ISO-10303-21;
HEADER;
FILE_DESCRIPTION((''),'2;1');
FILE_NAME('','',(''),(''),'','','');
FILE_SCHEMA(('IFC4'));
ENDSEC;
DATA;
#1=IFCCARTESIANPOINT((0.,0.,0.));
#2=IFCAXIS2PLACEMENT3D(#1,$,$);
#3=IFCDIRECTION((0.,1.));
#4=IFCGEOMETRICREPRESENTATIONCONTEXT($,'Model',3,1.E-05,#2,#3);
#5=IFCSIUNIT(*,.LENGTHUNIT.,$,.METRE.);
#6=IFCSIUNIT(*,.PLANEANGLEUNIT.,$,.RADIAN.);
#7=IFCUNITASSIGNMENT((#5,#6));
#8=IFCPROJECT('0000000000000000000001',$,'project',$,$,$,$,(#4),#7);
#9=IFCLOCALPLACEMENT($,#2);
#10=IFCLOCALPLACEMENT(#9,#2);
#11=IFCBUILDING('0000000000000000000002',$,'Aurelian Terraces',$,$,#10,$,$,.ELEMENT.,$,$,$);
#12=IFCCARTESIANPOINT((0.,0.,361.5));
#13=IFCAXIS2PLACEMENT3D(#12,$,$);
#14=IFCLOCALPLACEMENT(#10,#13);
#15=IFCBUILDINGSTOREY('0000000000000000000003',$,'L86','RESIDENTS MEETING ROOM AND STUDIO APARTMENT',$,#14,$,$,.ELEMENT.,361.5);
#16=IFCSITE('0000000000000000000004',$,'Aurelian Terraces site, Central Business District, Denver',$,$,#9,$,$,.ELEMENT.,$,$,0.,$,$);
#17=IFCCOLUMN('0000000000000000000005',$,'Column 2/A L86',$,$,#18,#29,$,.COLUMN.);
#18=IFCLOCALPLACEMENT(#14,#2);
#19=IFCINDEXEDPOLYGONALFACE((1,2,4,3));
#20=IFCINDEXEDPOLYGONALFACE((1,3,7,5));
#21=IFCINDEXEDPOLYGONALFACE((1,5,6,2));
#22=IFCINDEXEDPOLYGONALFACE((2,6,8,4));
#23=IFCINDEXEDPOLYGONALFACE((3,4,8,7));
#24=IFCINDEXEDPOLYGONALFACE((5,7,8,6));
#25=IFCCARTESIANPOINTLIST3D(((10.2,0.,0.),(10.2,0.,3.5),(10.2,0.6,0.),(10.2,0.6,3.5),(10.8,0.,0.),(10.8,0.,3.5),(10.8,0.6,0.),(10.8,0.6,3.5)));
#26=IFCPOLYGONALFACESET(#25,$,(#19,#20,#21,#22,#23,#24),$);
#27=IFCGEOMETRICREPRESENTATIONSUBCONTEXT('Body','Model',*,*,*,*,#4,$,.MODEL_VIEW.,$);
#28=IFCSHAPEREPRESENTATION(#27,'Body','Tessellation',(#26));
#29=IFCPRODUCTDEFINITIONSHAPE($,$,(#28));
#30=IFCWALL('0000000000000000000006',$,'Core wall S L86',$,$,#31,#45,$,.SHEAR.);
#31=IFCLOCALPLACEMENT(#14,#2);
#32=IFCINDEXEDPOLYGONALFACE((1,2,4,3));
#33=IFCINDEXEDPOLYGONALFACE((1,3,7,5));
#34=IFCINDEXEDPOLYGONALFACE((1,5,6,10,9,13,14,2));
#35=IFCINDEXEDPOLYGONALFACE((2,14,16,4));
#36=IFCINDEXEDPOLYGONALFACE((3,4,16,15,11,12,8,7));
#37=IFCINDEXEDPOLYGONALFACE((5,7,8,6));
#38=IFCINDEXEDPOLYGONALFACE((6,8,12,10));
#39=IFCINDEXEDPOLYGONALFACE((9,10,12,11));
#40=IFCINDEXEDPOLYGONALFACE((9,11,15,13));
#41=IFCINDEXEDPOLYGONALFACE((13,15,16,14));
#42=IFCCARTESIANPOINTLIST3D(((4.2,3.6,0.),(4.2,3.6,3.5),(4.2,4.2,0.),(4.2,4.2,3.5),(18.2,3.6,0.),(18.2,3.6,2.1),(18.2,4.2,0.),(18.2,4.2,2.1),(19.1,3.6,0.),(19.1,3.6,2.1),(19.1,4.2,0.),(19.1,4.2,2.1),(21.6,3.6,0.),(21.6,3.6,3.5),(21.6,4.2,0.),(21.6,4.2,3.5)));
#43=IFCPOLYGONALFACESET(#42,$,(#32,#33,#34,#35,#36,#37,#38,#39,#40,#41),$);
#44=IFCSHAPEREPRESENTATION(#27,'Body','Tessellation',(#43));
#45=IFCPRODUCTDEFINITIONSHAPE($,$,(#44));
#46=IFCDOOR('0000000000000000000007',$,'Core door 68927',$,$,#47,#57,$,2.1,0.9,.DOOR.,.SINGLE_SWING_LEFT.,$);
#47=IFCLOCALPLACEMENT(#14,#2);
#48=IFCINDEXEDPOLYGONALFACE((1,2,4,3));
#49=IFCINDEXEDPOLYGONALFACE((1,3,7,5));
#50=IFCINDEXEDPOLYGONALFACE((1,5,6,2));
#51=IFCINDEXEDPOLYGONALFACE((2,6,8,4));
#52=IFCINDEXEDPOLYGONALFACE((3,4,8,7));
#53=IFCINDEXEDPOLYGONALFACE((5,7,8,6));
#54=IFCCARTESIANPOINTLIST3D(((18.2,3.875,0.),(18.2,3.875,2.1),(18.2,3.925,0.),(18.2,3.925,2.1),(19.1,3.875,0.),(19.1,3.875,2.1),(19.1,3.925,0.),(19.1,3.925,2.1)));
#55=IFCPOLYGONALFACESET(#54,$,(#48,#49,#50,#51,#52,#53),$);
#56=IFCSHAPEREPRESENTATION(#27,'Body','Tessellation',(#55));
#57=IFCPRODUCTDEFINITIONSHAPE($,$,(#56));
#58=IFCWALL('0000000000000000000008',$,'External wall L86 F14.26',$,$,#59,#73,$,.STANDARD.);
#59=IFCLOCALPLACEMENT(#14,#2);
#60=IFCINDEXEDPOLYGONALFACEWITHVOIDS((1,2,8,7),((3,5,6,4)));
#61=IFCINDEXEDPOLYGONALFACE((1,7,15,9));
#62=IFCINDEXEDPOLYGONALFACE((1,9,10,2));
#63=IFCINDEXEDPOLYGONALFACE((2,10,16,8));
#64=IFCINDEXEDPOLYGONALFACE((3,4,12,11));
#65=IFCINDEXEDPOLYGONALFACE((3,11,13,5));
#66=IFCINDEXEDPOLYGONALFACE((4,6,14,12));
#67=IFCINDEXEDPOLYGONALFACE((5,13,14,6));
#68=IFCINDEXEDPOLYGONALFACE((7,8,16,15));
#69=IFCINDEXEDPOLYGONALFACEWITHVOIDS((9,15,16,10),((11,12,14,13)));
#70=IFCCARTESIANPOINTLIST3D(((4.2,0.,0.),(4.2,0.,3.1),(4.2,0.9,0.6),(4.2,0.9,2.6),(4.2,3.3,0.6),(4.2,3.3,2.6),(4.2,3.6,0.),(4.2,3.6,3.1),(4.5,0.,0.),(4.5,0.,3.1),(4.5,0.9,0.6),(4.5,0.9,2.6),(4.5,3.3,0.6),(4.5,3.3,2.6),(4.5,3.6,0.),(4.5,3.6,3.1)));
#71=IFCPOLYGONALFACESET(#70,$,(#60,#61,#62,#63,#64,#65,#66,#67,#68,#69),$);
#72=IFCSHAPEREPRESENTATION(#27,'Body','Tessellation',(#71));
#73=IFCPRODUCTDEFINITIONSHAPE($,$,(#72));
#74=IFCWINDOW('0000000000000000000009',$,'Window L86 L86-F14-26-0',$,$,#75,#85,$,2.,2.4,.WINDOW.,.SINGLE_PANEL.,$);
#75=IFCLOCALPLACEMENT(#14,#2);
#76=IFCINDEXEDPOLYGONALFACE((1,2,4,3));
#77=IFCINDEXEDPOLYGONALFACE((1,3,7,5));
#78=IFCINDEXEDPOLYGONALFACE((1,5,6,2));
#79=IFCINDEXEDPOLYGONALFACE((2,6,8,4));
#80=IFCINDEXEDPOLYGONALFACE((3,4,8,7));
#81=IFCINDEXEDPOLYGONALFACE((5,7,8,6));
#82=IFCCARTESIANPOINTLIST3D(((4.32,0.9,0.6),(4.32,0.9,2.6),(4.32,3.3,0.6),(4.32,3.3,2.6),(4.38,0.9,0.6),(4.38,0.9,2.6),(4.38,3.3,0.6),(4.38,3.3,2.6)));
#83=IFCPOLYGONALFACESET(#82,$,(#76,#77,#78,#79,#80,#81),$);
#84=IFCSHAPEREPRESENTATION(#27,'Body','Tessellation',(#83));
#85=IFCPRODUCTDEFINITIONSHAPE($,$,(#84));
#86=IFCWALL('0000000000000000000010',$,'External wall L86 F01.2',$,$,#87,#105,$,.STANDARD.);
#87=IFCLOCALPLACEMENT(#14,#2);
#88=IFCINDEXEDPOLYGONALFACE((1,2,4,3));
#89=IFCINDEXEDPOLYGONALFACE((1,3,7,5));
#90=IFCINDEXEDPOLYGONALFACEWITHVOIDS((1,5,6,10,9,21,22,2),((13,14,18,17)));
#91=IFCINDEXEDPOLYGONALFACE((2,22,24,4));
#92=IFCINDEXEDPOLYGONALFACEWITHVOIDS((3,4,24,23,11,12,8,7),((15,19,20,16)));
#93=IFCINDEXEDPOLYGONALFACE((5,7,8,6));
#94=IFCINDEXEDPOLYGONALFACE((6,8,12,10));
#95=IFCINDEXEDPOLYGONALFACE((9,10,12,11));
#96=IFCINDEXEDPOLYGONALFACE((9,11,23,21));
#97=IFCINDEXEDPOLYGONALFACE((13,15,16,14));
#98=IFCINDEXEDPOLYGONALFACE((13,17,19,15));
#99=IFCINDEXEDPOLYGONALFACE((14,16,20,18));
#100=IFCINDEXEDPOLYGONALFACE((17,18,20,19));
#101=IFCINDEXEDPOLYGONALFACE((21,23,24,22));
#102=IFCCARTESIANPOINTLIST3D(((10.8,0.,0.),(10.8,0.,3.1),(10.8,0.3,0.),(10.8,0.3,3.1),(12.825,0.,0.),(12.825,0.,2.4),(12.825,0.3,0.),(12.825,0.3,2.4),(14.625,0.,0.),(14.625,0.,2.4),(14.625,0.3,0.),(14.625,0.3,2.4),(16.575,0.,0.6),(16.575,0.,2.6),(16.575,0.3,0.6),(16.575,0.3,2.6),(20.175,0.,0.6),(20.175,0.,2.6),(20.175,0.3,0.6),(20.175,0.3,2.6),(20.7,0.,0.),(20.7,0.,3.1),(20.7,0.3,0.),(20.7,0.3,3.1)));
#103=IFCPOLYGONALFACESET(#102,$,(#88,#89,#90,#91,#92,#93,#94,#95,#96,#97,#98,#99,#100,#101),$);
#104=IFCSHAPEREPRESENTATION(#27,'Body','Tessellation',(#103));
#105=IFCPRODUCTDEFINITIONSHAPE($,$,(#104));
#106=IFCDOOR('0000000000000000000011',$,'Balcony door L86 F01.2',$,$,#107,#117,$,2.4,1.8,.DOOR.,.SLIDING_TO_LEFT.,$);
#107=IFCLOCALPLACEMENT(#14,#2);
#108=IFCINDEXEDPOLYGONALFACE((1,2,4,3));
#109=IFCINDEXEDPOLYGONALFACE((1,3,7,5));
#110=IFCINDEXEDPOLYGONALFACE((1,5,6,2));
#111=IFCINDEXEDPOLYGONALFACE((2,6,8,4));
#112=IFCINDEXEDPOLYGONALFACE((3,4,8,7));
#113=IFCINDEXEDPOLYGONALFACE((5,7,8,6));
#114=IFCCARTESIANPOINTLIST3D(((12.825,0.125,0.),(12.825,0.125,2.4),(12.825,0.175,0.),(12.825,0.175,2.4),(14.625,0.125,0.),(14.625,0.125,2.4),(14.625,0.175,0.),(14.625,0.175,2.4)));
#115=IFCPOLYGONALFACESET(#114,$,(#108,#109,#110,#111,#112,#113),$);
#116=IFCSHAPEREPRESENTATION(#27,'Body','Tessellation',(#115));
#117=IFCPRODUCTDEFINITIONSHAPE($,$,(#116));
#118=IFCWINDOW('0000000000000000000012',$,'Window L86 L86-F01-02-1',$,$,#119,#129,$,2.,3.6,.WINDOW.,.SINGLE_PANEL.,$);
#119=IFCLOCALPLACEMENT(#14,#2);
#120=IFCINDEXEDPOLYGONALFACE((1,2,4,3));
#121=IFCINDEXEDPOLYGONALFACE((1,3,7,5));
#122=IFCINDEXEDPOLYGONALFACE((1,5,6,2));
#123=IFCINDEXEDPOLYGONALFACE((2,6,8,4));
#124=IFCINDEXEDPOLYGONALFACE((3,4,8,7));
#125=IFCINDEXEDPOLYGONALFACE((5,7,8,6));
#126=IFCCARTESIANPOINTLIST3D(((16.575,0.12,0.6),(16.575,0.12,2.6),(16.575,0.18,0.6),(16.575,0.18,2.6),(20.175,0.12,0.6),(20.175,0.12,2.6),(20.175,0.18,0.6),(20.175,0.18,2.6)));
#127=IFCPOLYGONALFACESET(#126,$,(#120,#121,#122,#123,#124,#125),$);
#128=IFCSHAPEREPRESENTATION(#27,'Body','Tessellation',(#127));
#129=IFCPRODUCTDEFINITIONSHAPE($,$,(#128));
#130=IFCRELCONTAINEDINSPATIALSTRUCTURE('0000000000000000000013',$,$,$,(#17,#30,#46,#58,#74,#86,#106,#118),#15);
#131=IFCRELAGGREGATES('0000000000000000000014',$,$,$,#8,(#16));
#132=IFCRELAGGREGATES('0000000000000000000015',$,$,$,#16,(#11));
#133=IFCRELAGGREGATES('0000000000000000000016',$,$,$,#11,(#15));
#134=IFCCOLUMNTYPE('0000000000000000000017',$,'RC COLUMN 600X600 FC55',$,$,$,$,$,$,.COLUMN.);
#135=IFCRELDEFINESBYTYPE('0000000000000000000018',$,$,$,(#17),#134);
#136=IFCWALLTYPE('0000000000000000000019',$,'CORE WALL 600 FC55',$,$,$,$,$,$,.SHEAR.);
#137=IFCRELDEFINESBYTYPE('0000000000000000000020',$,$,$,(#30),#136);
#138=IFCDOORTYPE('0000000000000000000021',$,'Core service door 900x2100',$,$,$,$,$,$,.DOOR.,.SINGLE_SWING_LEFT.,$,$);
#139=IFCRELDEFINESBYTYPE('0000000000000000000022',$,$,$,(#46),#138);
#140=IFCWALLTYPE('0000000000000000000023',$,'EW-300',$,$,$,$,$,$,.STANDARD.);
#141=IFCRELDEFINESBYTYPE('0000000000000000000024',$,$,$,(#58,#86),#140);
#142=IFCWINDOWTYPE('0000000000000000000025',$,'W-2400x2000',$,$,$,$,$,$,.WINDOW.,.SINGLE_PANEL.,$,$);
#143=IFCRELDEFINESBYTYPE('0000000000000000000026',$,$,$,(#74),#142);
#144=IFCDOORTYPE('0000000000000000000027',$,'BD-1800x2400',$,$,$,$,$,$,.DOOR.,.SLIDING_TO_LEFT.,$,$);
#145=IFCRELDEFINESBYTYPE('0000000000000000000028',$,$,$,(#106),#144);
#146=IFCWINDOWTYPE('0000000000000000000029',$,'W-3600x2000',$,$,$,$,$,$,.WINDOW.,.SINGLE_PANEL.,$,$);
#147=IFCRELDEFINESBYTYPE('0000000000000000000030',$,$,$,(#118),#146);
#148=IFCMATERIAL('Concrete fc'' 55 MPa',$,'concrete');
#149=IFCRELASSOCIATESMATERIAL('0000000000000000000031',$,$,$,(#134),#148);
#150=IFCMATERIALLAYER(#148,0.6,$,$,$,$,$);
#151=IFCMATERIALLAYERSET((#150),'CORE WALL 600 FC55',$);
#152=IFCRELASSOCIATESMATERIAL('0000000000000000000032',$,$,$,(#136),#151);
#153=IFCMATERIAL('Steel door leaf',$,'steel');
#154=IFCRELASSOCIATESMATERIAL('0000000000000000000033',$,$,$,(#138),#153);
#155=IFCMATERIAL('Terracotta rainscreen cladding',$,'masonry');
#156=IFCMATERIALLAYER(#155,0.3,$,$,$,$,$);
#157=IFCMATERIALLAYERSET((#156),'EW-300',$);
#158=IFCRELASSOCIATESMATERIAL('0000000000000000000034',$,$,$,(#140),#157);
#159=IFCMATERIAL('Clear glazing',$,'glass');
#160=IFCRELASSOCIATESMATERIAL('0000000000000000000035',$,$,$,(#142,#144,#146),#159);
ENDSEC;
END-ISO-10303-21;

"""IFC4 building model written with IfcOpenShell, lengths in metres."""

from ifc_helpers import new_model, si_unit, direction, frame, frame_2d, origin, origin_2d, place, context, subcontext, project, spatial, rectangle, extrude, source, transform, mapped, material, layer, layer_set, material_profile, profile_set, type_object, element, fill, save


model = new_model("IFC4")

# Units and contexts
model_context = context("Model", 3, precision=1e-05, world=origin(), true_north=direction((0.0, 1.0)))
body_context = subcontext(model_context, "Body", "Model", "MODEL_VIEW")
ifc_project = project(units=[si_unit("LENGTHUNIT", "METRE"), si_unit("PLANEANGLEUNIT", "RADIAN")], contexts=[model_context])

# Site, building, storey
site_placement = place(None, origin())
site = spatial("IfcSite", under=ifc_project, at=site_placement, Name="Aurelian Terraces site, Central Business District, Denver", CompositionType="ELEMENT", RefElevation=0.0)
building_placement = place(site_placement, origin())
building = spatial("IfcBuilding", under=site, at=building_placement, Name="Aurelian Terraces", CompositionType="ELEMENT")
storey_placement = place(building_placement, frame((0.0, 0.0, 361.5)))
storey = spatial("IfcBuildingStorey", under=building, at=storey_placement, Name="L86", Description="RESIDENTS MEETING ROOM AND STUDIO APARTMENT", CompositionType="ELEMENT", Elevation=361.5)

# Column
ifc_material_1 = material(Name="Concrete fc' 55 MPa", Category="concrete")
ifc_material_profile = material_profile(ifc_material_1, rectangle(XDim=0.6, YDim=0.6, at=origin_2d()))
ifc_profile_set = profile_set([ifc_material_profile], Name="Concrete fc' 55 MPa")
column_type = type_object("IfcColumnType", Name="RC COLUMN 600X600 FC55", PredefinedType="COLUMN", material=ifc_profile_set)
shared_shape_1 = source(origin(), body_context, "Body", "SweptSolid", [
    extrude(rectangle(XDim=0.6, YDim=0.6, at=origin_2d()), origin(), (0.0, 0.0, 1.0), 3.5),
])
column_placement = place(storey_placement, frame((10.5, 0.3, 0.0), z_axis=(0.0, 0.0, 1.0), x_axis=(1.0, 0.0, 0.0)))
element("IfcColumn", 1, at=column_placement, inside=storey, type_object=column_type, Name="Column 2/A L86", PredefinedType="COLUMN", context=body_context, shape_type="MappedRepresentation", body=[
    mapped(shared_shape_1, transform((0.0, 0.0, 0.0), scale=1.0)),
])

# Wall, opening, door
ifc_layer_1 = layer(ifc_material_1, 0.6)
ifc_layer_set_1 = layer_set([ifc_layer_1], Name="CORE WALL 600 FC55")
wall_type_1 = type_object("IfcWallType", Name="CORE WALL 600 FC55", PredefinedType="SHEAR", material=ifc_layer_set_1)
shared_shape_2 = source(origin(), body_context, "Body", "SweptSolid", [
    extrude(rectangle(XDim=17.4, YDim=0.6, at=frame_2d((8.7, 0.0))), origin(), (0.0, 0.0, 1.0), 3.5),
])
wall_1_placement = place(storey_placement, frame((4.2, 3.9, 0.0), z_axis=(0.0, 0.0, 1.0), x_axis=(1.0, 0.0, 0.0)))
wall_1 = element("IfcWall", 2, at=wall_1_placement, inside=storey, type_object=wall_type_1, Name="Core wall S L86", PredefinedType="SHEAR", context=body_context, shape_type="MappedRepresentation", body=[
    mapped(shared_shape_2, transform((0.0, 0.0, 0.0), scale=1.0)),
])
shared_shape_3 = source(origin(), body_context, "Body", "SweptSolid", [
    extrude(rectangle(XDim=0.9, YDim=2.1, at=frame_2d((0.45, 1.05))), frame((0.0, 0.31, 0.0), z_axis=(0.0, -1.0, 0.0), x_axis=(1.0, 0.0, 0.0)), (0.0, 0.0, 1.0), 0.62),
])
opening_1_placement = place(wall_1_placement, frame((14.0, 0.0, 0.0)))
opening_1 = element("IfcOpeningElement", 3, at=opening_1_placement, cuts=wall_1, PredefinedType="OPENING", context=body_context, shape_type="MappedRepresentation", body=[
    mapped(shared_shape_3, transform((0.0, 0.0, 0.0), scale=1.0)),
])
ifc_material_2 = material(Name="Steel door leaf", Category="steel")
door_type_1 = type_object("IfcDoorType", Name="Core service door 900x2100", OperationType="SINGLE_SWING_LEFT", PredefinedType="DOOR", material=ifc_material_2)
shared_shape_4 = source(origin(), body_context, "Body", "SweptSolid", [
    extrude(rectangle(XDim=0.9, YDim=2.1, at=frame_2d((0.45, 1.05))), frame((0.0, 0.025, 0.0), z_axis=(0.0, -1.0, 0.0), x_axis=(1.0, 0.0, 0.0)), (0.0, 0.0, 1.0), 0.05),
])
door_1_placement = place(opening_1_placement, origin())
door_1 = element("IfcDoor", 4, at=door_1_placement, inside=storey, type_object=door_type_1, Name="Core door 68927", OperationType="SINGLE_SWING_LEFT", OverallHeight=2.1, OverallWidth=0.9, PredefinedType="DOOR", context=body_context, shape_type="MappedRepresentation", body=[
    mapped(shared_shape_4, transform((0.0, 0.0, 0.0), scale=1.0)),
])
fill(opening_1, door_1)

# Wall, opening, window
ifc_material_3 = material(Name="Terracotta rainscreen cladding", Category="masonry")
ifc_layer_2 = layer(ifc_material_3, 0.3)
ifc_layer_set_2 = layer_set([ifc_layer_2], Name="EW-300")
wall_type_2 = type_object("IfcWallType", Name="EW-300", PredefinedType="STANDARD", material=ifc_layer_set_2)
shared_shape_5 = source(origin(), body_context, "Body", "SweptSolid", [
    extrude(rectangle(XDim=3.6, YDim=0.3, at=frame_2d((1.8, 0.0))), origin(), (0.0, 0.0, 1.0), 3.1),
])
wall_2_placement = place(storey_placement, frame((4.35, 3.6, 0.0), z_axis=(0.0, 0.0, 1.0), x_axis=(0.0, -1.0, 0.0)))
wall_2 = element("IfcWall", 5, at=wall_2_placement, inside=storey, type_object=wall_type_2, Name="External wall L86 F14.26", PredefinedType="STANDARD", context=body_context, shape_type="MappedRepresentation", body=[
    mapped(shared_shape_5, transform((0.0, 0.0, 0.0), scale=1.0)),
])
shared_shape_6 = source(origin(), body_context, "Body", "SweptSolid", [
    extrude(rectangle(XDim=2.4, YDim=2.0, at=frame_2d((1.2, 1.0))), frame((0.0, 0.16, 0.0), z_axis=(0.0, -1.0, 0.0), x_axis=(1.0, 0.0, 0.0)), (0.0, 0.0, 1.0), 0.32),
])
opening_2_placement = place(wall_2_placement, frame((0.3, 0.0, 0.6)))
opening_2 = element("IfcOpeningElement", 6, at=opening_2_placement, cuts=wall_2, PredefinedType="OPENING", context=body_context, shape_type="MappedRepresentation", body=[
    mapped(shared_shape_6, transform((0.0, 0.0, 0.0), scale=1.0)),
])
ifc_material_4 = material(Name="Clear glazing", Category="glass")
window_type_1 = type_object("IfcWindowType", Name="W-2400x2000", PartitioningType="SINGLE_PANEL", PredefinedType="WINDOW", material=ifc_material_4)
shared_shape_7 = source(origin(), body_context, "Body", "SweptSolid", [
    extrude(rectangle(XDim=2.4, YDim=2.0, at=frame_2d((1.2, 1.0))), frame((0.0, 0.03, 0.0), z_axis=(0.0, -1.0, 0.0), x_axis=(1.0, 0.0, 0.0)), (0.0, 0.0, 1.0), 0.06),
])
window_1_placement = place(opening_2_placement, origin())
window_1 = element("IfcWindow", 7, at=window_1_placement, inside=storey, type_object=window_type_1, Name="Window L86 L86-F14-26-0", OverallHeight=2.0, OverallWidth=2.4, PartitioningType="SINGLE_PANEL", PredefinedType="WINDOW", context=body_context, shape_type="MappedRepresentation", body=[
    mapped(shared_shape_7, transform((0.0, 0.0, 0.0), scale=1.0)),
])
fill(opening_2, window_1)

# Wall, openings, door, window
shared_shape_8 = source(origin(), body_context, "Body", "SweptSolid", [
    extrude(rectangle(XDim=9.9, YDim=0.3, at=frame_2d((4.95, 0.0))), origin(), (0.0, 0.0, 1.0), 3.1),
])
wall_3_placement = place(storey_placement, frame((10.8, 0.15, 0.0), z_axis=(0.0, 0.0, 1.0), x_axis=(1.0, 0.0, 0.0)))
wall_3 = element("IfcWall", 8, at=wall_3_placement, inside=storey, type_object=wall_type_2, Name="External wall L86 F01.2", PredefinedType="STANDARD", context=body_context, shape_type="MappedRepresentation", body=[
    mapped(shared_shape_8, transform((0.0, 0.0, 0.0), scale=1.0)),
])
shared_shape_9 = source(origin(), body_context, "Body", "SweptSolid", [
    extrude(rectangle(XDim=1.8, YDim=2.4, at=frame_2d((0.9, 1.2))), frame((0.0, 0.16, 0.0), z_axis=(0.0, -1.0, 0.0), x_axis=(1.0, 0.0, 0.0)), (0.0, 0.0, 1.0), 0.32),
])
opening_3_placement = place(wall_3_placement, frame((2.025, 0.0, 0.0)))
opening_3 = element("IfcOpeningElement", 9, at=opening_3_placement, cuts=wall_3, PredefinedType="OPENING", context=body_context, shape_type="MappedRepresentation", body=[
    mapped(shared_shape_9, transform((0.0, 0.0, 0.0), scale=1.0)),
])
shared_shape_10 = source(origin(), body_context, "Body", "SweptSolid", [
    extrude(rectangle(XDim=3.6, YDim=2.0, at=frame_2d((1.8, 1.0))), frame((0.0, 0.16, 0.0), z_axis=(0.0, -1.0, 0.0), x_axis=(1.0, 0.0, 0.0)), (0.0, 0.0, 1.0), 0.32),
])
opening_4_placement = place(wall_3_placement, frame((5.775, 0.0, 0.6)))
opening_4 = element("IfcOpeningElement", 10, at=opening_4_placement, cuts=wall_3, PredefinedType="OPENING", context=body_context, shape_type="MappedRepresentation", body=[
    mapped(shared_shape_10, transform((0.0, 0.0, 0.0), scale=1.0)),
])
door_type_2 = type_object("IfcDoorType", Name="BD-1800x2400", OperationType="SLIDING_TO_LEFT", PredefinedType="DOOR", material=ifc_material_4)
shared_shape_11 = source(origin(), body_context, "Body", "SweptSolid", [
    extrude(rectangle(XDim=1.8, YDim=2.4, at=frame_2d((0.9, 1.2))), frame((0.0, 0.025, 0.0), z_axis=(0.0, -1.0, 0.0), x_axis=(1.0, 0.0, 0.0)), (0.0, 0.0, 1.0), 0.05),
])
door_2_placement = place(opening_3_placement, origin())
door_2 = element("IfcDoor", 11, at=door_2_placement, inside=storey, type_object=door_type_2, Name="Balcony door L86 F01.2", OperationType="SLIDING_TO_LEFT", OverallHeight=2.4, OverallWidth=1.8, PredefinedType="DOOR", context=body_context, shape_type="MappedRepresentation", body=[
    mapped(shared_shape_11, transform((0.0, 0.0, 0.0), scale=1.0)),
])
fill(opening_3, door_2)
window_type_2 = type_object("IfcWindowType", Name="W-3600x2000", PartitioningType="SINGLE_PANEL", PredefinedType="WINDOW", material=ifc_material_4)
shared_shape_12 = source(origin(), body_context, "Body", "SweptSolid", [
    extrude(rectangle(XDim=3.6, YDim=2.0, at=frame_2d((1.8, 1.0))), frame((0.0, 0.03, 0.0), z_axis=(0.0, -1.0, 0.0), x_axis=(1.0, 0.0, 0.0)), (0.0, 0.0, 1.0), 0.06),
])
window_2_placement = place(opening_4_placement, origin())
window_2 = element("IfcWindow", 12, at=window_2_placement, inside=storey, type_object=window_type_2, Name="Window L86 L86-F01-02-1", OverallHeight=2.0, OverallWidth=3.6, PartitioningType="SINGLE_PANEL", PredefinedType="WINDOW", context=body_context, shape_type="MappedRepresentation", body=[
    mapped(shared_shape_12, transform((0.0, 0.0, 0.0), scale=1.0)),
])
fill(opening_4, window_2)

save(model, "model.ifc")
